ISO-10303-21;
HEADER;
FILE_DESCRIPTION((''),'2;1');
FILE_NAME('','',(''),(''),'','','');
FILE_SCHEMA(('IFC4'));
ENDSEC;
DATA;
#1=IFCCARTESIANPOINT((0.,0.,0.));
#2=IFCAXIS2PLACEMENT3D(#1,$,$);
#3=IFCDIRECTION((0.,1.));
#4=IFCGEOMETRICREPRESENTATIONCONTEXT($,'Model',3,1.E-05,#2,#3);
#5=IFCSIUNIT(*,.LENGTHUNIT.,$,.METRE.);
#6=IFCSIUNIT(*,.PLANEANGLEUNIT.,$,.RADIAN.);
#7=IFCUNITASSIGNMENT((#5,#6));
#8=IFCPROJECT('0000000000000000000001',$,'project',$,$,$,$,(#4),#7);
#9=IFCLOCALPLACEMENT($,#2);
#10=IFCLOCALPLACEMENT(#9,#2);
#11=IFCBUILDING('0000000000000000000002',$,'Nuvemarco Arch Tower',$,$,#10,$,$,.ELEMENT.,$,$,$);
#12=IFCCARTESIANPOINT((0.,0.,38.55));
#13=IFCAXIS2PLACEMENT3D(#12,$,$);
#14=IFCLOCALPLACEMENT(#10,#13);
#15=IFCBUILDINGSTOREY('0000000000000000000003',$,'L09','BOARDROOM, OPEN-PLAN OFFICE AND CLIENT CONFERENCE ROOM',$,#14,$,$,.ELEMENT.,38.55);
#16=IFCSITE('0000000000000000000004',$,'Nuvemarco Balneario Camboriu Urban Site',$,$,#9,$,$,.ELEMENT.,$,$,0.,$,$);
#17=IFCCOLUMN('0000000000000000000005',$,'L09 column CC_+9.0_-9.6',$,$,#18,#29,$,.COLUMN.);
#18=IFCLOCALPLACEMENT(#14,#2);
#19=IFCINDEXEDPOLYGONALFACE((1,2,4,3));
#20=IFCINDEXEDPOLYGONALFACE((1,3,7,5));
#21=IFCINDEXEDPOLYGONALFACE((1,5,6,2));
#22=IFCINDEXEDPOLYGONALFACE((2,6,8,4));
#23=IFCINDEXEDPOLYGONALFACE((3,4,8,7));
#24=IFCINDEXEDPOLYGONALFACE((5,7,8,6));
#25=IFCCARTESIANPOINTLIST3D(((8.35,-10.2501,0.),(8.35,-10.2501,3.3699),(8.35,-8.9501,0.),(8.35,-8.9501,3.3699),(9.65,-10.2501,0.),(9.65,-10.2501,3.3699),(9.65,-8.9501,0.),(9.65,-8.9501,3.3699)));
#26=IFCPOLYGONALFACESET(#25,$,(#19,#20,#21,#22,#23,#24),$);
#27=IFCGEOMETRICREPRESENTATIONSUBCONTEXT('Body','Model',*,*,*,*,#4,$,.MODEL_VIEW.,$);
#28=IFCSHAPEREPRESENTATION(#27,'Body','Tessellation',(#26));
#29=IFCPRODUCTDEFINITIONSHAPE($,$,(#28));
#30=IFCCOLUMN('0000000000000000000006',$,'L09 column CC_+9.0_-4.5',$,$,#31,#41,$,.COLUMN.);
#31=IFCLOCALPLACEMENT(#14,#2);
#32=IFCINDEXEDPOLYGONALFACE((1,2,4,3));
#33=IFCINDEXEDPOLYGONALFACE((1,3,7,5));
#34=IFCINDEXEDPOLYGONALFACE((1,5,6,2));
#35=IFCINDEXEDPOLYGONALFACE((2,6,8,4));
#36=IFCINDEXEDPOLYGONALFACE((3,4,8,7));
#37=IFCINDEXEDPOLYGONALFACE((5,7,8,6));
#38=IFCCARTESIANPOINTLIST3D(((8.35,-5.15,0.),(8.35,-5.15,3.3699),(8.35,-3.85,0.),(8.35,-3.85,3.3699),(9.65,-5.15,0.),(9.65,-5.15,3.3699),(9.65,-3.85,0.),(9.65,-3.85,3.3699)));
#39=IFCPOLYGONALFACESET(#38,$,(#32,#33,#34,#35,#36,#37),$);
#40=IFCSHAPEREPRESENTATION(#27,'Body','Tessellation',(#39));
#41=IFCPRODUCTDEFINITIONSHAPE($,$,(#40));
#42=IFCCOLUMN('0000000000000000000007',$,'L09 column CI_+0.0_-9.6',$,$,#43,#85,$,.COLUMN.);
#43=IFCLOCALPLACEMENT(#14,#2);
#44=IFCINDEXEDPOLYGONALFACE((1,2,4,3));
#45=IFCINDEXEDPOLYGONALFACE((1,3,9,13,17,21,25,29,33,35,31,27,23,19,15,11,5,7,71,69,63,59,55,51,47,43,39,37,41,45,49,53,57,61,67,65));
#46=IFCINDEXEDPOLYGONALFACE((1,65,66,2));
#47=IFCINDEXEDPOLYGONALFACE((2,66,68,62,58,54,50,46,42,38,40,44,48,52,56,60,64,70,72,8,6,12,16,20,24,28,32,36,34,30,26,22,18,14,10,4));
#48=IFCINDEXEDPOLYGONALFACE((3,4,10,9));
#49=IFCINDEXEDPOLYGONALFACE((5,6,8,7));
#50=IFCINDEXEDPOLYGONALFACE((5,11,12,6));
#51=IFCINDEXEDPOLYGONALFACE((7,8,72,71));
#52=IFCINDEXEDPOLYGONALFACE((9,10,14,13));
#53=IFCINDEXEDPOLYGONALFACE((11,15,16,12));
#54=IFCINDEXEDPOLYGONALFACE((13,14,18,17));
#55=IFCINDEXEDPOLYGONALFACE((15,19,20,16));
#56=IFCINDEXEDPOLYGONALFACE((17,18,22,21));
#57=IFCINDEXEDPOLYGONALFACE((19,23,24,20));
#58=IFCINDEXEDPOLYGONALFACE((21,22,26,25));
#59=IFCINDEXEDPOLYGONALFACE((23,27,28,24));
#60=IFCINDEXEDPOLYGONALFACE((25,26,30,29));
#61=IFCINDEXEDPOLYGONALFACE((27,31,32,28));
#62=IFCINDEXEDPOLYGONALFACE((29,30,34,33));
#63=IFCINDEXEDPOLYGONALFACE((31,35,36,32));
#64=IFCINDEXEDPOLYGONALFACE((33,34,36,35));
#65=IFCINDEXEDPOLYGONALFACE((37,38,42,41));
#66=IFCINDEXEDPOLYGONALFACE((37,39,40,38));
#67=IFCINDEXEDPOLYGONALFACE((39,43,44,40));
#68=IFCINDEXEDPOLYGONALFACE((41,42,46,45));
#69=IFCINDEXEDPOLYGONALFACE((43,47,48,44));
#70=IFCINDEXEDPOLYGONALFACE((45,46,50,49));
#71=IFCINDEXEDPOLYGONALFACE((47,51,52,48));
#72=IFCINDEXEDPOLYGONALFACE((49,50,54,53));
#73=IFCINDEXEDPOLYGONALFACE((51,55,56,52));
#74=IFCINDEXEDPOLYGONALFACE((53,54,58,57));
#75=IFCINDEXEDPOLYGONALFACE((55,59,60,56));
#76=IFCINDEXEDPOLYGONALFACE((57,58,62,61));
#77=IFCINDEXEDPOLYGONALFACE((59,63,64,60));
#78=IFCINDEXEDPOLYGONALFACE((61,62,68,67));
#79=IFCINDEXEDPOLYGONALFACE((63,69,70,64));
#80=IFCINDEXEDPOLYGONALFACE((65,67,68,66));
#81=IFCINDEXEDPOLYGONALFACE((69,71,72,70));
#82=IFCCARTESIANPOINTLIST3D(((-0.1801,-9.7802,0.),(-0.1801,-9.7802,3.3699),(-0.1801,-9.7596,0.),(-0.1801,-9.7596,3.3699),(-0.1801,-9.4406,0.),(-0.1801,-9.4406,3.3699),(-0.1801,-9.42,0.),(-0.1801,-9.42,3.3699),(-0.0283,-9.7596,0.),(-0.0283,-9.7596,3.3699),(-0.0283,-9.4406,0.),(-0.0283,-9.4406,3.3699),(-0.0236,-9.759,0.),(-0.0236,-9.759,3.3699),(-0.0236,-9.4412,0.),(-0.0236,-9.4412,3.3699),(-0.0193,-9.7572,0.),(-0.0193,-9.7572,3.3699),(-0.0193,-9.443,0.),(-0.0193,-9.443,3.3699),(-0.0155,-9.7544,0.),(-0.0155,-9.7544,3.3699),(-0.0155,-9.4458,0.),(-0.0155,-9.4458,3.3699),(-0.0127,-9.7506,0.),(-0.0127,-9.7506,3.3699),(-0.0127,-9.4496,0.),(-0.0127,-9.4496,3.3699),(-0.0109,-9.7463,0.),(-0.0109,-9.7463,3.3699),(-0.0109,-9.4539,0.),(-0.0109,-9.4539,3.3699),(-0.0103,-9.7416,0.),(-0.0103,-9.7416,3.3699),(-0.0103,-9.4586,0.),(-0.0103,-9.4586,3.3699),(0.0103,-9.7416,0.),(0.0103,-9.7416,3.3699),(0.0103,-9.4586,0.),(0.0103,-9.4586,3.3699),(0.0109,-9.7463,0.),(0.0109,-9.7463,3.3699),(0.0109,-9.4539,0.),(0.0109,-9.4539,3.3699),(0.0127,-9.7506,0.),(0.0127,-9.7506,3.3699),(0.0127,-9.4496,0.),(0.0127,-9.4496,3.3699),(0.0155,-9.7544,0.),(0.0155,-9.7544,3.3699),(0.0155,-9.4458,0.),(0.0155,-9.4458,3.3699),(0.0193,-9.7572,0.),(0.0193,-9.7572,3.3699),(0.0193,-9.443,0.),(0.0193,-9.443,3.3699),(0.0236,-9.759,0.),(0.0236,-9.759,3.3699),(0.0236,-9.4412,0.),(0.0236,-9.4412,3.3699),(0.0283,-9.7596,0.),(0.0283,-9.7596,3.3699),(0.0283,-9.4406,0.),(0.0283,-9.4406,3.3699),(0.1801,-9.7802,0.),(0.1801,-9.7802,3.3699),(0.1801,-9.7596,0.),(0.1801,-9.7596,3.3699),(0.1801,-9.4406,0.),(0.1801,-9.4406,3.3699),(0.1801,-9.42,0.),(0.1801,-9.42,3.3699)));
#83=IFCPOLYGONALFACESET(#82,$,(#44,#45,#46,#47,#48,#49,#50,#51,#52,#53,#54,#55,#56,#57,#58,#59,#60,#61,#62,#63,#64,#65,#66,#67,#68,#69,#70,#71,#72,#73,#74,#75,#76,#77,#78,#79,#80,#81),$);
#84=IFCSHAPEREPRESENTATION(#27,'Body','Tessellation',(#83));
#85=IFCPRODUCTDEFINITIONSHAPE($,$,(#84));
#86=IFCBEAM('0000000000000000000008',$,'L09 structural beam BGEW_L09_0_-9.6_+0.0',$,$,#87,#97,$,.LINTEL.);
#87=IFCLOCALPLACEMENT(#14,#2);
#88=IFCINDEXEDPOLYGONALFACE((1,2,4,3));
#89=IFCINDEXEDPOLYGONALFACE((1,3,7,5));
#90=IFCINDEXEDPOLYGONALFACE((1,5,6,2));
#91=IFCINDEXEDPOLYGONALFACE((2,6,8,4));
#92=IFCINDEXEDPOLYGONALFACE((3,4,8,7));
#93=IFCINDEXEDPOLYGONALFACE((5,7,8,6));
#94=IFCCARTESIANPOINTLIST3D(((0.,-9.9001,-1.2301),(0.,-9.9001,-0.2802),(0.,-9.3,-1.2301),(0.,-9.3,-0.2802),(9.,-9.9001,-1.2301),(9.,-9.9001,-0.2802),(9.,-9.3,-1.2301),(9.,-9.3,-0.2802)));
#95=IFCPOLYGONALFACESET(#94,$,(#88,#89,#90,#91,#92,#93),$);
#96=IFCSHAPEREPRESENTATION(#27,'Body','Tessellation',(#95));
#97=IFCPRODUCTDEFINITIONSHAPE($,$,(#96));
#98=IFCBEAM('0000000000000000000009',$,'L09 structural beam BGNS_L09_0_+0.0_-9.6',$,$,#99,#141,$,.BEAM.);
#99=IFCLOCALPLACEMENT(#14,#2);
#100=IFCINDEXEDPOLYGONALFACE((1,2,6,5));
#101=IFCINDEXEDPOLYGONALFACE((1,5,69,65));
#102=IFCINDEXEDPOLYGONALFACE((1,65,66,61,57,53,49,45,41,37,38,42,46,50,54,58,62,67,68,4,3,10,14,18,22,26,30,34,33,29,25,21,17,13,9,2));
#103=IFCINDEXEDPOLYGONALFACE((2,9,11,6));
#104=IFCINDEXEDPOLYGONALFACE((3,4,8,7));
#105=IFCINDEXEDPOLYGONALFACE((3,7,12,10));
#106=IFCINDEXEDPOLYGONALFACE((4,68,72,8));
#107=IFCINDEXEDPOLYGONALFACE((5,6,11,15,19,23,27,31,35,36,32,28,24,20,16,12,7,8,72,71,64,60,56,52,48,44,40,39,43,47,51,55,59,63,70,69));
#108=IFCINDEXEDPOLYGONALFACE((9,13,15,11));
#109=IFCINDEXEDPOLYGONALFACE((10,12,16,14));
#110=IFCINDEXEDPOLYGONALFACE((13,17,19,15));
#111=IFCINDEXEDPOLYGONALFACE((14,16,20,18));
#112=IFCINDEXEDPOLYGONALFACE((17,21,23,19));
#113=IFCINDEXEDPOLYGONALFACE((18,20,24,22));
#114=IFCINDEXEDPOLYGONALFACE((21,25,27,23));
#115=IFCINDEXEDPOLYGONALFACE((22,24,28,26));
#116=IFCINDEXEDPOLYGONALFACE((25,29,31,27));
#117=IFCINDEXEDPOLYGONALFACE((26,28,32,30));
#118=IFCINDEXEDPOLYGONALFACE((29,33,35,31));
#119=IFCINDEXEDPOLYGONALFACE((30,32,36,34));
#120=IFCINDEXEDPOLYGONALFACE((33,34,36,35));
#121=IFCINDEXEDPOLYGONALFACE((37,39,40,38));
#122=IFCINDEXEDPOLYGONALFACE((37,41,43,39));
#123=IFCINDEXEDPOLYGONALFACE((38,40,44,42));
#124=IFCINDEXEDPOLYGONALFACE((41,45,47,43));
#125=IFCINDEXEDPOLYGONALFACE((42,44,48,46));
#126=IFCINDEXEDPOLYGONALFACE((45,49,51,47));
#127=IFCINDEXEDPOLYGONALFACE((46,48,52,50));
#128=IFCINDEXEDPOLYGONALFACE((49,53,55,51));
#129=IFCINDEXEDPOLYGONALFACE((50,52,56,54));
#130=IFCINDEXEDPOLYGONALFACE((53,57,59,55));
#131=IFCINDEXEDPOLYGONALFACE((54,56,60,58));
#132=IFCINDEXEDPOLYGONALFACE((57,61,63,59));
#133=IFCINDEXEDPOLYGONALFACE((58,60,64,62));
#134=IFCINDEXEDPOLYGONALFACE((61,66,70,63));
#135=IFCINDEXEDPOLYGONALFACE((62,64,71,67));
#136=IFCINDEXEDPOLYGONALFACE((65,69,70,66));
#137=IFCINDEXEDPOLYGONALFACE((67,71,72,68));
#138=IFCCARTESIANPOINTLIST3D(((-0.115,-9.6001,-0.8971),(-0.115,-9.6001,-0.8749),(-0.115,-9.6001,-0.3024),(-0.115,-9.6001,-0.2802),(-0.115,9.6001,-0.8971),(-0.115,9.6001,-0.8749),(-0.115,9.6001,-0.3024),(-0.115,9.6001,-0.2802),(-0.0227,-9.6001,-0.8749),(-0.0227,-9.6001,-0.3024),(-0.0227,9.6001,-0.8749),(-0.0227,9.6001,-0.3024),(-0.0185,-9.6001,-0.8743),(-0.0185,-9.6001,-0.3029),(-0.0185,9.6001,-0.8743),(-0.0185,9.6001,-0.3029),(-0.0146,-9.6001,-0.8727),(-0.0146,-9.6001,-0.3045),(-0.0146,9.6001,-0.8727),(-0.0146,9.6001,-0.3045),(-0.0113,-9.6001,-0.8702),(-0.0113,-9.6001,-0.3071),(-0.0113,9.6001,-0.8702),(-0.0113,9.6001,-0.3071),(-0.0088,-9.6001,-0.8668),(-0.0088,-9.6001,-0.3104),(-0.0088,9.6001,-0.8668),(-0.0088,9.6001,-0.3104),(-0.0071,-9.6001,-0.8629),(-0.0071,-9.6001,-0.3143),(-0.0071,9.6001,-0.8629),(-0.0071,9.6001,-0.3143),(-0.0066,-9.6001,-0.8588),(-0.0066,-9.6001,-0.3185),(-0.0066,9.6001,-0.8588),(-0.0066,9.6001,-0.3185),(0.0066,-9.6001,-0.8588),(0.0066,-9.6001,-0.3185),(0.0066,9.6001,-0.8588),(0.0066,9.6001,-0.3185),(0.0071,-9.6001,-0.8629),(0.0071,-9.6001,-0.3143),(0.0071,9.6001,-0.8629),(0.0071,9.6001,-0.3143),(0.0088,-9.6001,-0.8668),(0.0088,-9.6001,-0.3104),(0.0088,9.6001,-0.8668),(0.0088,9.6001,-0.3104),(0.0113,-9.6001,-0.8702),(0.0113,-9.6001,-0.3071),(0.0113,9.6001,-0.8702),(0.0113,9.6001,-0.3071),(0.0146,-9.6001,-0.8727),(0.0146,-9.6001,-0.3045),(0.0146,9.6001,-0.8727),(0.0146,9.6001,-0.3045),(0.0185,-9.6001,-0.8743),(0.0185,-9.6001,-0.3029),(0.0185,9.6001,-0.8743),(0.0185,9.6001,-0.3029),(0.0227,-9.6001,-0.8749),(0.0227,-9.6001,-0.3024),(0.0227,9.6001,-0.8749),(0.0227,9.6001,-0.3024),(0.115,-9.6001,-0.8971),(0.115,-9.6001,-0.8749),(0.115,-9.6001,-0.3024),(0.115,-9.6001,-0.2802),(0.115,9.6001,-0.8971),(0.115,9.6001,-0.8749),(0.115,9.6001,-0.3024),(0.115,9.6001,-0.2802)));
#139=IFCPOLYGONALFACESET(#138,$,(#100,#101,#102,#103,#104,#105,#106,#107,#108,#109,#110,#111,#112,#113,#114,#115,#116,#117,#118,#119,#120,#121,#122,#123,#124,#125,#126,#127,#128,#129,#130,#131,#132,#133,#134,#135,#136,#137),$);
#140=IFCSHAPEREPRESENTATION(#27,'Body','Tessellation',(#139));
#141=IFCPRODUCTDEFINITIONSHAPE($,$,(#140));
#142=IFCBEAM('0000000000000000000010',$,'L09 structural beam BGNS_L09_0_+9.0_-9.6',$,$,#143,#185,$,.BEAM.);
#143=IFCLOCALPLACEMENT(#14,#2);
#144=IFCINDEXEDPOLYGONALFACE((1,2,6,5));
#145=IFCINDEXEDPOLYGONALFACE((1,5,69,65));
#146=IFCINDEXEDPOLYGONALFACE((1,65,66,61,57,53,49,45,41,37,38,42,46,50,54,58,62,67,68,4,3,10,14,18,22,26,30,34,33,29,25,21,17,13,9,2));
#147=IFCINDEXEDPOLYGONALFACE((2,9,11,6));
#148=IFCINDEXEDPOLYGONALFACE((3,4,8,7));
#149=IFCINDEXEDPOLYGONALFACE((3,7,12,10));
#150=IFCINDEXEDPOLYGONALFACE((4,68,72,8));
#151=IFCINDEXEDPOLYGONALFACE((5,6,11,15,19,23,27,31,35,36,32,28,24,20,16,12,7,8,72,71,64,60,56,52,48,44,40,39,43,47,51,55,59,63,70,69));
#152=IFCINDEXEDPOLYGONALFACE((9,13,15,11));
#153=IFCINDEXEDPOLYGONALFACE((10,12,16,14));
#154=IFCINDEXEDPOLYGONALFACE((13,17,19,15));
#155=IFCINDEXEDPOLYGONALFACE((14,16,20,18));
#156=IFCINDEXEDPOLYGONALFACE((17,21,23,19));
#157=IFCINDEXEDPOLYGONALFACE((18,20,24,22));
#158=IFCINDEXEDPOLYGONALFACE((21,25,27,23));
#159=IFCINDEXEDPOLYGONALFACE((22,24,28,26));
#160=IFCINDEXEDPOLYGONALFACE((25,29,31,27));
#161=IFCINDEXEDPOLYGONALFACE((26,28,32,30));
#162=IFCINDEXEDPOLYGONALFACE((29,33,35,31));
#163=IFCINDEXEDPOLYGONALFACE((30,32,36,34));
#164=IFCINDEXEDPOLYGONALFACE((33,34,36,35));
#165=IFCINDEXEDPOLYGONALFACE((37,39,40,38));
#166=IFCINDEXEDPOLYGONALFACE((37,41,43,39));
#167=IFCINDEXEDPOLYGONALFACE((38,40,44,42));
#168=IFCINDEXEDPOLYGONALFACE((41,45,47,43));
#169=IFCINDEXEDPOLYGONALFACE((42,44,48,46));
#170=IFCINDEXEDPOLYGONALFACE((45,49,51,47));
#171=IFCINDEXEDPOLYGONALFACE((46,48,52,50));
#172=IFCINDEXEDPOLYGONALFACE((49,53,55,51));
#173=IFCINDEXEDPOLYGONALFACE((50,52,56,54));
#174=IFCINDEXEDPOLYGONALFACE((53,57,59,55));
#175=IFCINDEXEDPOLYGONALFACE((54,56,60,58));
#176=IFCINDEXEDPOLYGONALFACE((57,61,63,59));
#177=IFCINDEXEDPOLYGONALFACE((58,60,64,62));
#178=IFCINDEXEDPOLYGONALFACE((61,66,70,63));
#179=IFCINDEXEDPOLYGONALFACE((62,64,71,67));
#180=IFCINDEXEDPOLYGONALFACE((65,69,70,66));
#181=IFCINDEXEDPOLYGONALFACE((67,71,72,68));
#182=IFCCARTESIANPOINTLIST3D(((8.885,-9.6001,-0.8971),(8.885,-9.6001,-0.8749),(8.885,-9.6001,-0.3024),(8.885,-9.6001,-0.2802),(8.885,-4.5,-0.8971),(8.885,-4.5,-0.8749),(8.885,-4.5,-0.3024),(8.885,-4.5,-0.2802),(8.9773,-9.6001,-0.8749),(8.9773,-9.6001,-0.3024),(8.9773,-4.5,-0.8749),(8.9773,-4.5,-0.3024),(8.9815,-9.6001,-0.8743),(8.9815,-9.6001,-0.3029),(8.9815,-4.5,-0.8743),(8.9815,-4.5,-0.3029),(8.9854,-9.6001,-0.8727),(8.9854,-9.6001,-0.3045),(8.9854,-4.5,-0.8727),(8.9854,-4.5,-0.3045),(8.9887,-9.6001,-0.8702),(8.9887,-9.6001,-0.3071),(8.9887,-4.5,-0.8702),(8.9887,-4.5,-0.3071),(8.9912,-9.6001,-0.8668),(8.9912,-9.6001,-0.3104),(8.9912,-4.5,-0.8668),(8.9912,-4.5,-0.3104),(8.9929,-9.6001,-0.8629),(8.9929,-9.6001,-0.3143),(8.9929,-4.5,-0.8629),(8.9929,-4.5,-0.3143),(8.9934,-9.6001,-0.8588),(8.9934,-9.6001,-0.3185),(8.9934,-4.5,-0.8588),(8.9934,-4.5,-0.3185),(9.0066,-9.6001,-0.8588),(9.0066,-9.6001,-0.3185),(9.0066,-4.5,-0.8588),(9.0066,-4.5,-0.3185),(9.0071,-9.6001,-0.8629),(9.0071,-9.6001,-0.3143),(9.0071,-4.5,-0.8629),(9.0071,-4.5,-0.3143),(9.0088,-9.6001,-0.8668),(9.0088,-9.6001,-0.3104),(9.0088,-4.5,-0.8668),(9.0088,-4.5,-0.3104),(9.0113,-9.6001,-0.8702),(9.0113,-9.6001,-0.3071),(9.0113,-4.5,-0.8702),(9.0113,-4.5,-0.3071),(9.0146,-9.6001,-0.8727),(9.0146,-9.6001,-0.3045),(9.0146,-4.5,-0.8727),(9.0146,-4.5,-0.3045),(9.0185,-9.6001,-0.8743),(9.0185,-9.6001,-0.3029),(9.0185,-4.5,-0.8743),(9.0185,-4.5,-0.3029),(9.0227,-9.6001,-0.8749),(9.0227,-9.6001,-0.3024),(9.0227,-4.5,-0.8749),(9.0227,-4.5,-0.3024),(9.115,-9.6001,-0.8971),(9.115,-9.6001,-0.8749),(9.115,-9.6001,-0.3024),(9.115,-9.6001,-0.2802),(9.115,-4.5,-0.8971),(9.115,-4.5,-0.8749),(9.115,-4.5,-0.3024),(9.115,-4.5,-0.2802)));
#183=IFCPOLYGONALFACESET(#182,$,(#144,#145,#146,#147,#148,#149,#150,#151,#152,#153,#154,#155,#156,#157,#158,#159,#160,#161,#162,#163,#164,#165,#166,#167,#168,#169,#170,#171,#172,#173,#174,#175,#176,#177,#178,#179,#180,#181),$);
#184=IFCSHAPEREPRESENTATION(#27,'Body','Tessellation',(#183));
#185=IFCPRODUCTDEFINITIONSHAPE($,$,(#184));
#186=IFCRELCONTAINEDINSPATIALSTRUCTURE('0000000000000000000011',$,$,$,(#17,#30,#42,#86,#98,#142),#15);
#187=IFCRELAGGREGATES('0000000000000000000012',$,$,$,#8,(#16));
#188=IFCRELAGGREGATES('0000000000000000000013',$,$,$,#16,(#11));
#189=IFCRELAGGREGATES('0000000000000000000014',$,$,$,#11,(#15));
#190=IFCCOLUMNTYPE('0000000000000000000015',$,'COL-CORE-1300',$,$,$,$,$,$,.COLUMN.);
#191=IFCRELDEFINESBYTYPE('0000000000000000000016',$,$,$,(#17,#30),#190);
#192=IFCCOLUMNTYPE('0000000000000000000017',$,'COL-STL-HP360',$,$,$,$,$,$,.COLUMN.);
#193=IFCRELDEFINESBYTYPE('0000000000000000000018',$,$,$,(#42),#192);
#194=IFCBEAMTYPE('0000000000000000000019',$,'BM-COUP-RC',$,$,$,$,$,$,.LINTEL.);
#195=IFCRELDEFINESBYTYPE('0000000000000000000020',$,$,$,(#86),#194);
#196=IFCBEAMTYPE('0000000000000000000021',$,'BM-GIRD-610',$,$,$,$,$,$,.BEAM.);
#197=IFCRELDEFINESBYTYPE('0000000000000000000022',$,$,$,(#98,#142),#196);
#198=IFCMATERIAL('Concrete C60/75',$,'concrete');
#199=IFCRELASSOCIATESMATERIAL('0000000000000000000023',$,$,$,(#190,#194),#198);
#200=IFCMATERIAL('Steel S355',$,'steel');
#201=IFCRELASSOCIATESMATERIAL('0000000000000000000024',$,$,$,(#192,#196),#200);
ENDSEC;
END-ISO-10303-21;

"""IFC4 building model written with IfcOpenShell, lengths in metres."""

from ifc_helpers import new_model, si_unit, direction, frame, origin, origin_2d, place, context, subcontext, project, spatial, rectangle, i_section, extrude, material, material_profile, profile_set, type_object, element, save


model = new_model("IFC4")

# Units and contexts
model_context = context("Model", 3, precision=1e-05, world=origin(), true_north=direction((0.0, 1.0)))
body_context = subcontext(model_context, "Body", "Model", "MODEL_VIEW")
ifc_project = project(units=[si_unit("LENGTHUNIT", "METRE"), si_unit("PLANEANGLEUNIT", "RADIAN")], contexts=[model_context])

# Site, building, storey
site_placement = place(None, origin())
site = spatial("IfcSite", under=ifc_project, at=site_placement, Name="Nuvemarco Balneario Camboriu Urban Site", CompositionType="ELEMENT", RefElevation=0.0)
building_placement = place(site_placement, origin())
building = spatial("IfcBuilding", under=site, at=building_placement, Name="Nuvemarco Arch Tower", CompositionType="ELEMENT")
storey_placement = place(building_placement, frame((0.0, 0.0, 38.55)))
storey = spatial("IfcBuildingStorey", under=building, at=storey_placement, Name="L09", Description="BOARDROOM, OPEN-PLAN OFFICE AND CLIENT CONFERENCE ROOM", CompositionType="ELEMENT", Elevation=38.55)

# Columns
ifc_material_1 = material(Name="Concrete C60/75", Category="concrete")
ifc_material_profile_1 = material_profile(ifc_material_1, rectangle(XDim=1.3, YDim=1.3, at=origin_2d()), Name="RC-COL-1300x1300")
ifc_profile_set_1 = profile_set([ifc_material_profile_1], Name="Concrete C60/75")
column_type_1 = type_object("IfcColumnType", Name="COL-CORE-1300", PredefinedType="COLUMN", material=ifc_profile_set_1)
for number, where, z_axis, x_axis, name in (
    (1, (9.0, -9.6001, 0.0), (0.0, 0.0, 1.0), (1.0, 0.0, 0.0), "L09 column CC_+9.0_-9.6"),
    (2, (9.0, -4.5, 0.0), (0.0, 0.0, 1.0), (1.0, 0.0, 0.0), "L09 column CC_+9.0_-4.5"),
):
    element("IfcColumn", number, at=place(storey_placement, frame(where, z_axis=z_axis, x_axis=x_axis)), inside=storey, type_object=column_type_1, Name=name, PredefinedType="COLUMN", context=body_context, shape_type="SweptSolid", body=[
        extrude(rectangle(XDim=1.3, YDim=1.3, at=origin_2d()), origin(), (0.0, 0.0, 1.0), 3.3699),
    ])
ifc_material_2 = material(Name="Steel S355", Category="steel")
ifc_material_profile_2 = material_profile(ifc_material_2, i_section(OverallWidth=0.3601, OverallDepth=0.3601, WebThickness=0.0205, FlangeThickness=0.0205, FilletRadius=0.0181, at=origin_2d()), Name="HP360x174")
ifc_profile_set_2 = profile_set([ifc_material_profile_2], Name="Steel S355")
column_type_2 = type_object("IfcColumnType", Name="COL-STL-HP360", PredefinedType="COLUMN", material=ifc_profile_set_2)
column_placement = place(storey_placement, frame((0.0, -9.6001, 0.0), z_axis=(0.0, 0.0, 1.0), x_axis=(1.0, 0.0, 0.0)))
element("IfcColumn", 3, at=column_placement, inside=storey, type_object=column_type_2, Name="L09 column CI_+0.0_-9.6", PredefinedType="COLUMN", context=body_context, shape_type="SweptSolid", body=[
    extrude(i_section(OverallWidth=0.3601, OverallDepth=0.3601, WebThickness=0.0205, FlangeThickness=0.0205, FilletRadius=0.0181, at=origin_2d()), origin(), (0.0, 0.0, 1.0), 3.3699),
])

# Beams
ifc_material_profile_3 = material_profile(ifc_material_1, rectangle(XDim=0.6001, YDim=0.95, at=origin_2d()), Name="RC-BM-600x950")
ifc_profile_set_3 = profile_set([ifc_material_profile_3], Name="Concrete C60/75")
beam_type_1 = type_object("IfcBeamType", Name="BM-COUP-RC", PredefinedType="LINTEL", material=ifc_profile_set_3)
beam_1_placement = place(storey_placement, frame((0.0, -9.6001, -0.7551), z_axis=(1.0, 0.0, 0.0), x_axis=(0.0, 1.0, 0.0)))
element("IfcBeam", 4, at=beam_1_placement, inside=storey, type_object=beam_type_1, Name="L09 structural beam BGEW_L09_0_-9.6_+0.0", PredefinedType="LINTEL", context=body_context, shape_type="SweptSolid", body=[
    extrude(rectangle(XDim=0.6001, YDim=0.95, at=origin_2d()), origin(), (0.0, 0.0, 1.0), 9.0),
])
ifc_material_profile_4 = material_profile(ifc_material_2, i_section(OverallWidth=0.23, OverallDepth=0.6169, WebThickness=0.0132, FlangeThickness=0.0222, FilletRadius=0.0161, at=origin_2d()), Name="W610x140")
ifc_profile_set_4 = profile_set([ifc_material_profile_4], Name="Steel S355")
beam_type_2 = type_object("IfcBeamType", Name="BM-GIRD-610", PredefinedType="BEAM", material=ifc_profile_set_4)
beam_2_placement = place(storey_placement, frame((0.0, -9.6001, -0.5886), z_axis=(0.0, 1.0, 0.0), x_axis=(-1.0, 0.0, 0.0)))
element("IfcBeam", 5, at=beam_2_placement, inside=storey, type_object=beam_type_2, Name="L09 structural beam BGNS_L09_0_+0.0_-9.6", PredefinedType="BEAM", context=body_context, shape_type="SweptSolid", body=[
    extrude(i_section(OverallWidth=0.23, OverallDepth=0.6169, WebThickness=0.0132, FlangeThickness=0.0222, FilletRadius=0.0161, at=origin_2d()), origin(), (0.0, 0.0, 1.0), 19.2002),
])
beam_3_placement = place(storey_placement, frame((9.0, -9.6001, -0.5886), z_axis=(0.0, 1.0, 0.0), x_axis=(-1.0, 0.0, 0.0)))
element("IfcBeam", 6, at=beam_3_placement, inside=storey, type_object=beam_type_2, Name="L09 structural beam BGNS_L09_0_+9.0_-9.6", PredefinedType="BEAM", context=body_context, shape_type="SweptSolid", body=[
    extrude(i_section(OverallWidth=0.23, OverallDepth=0.6169, WebThickness=0.0132, FlangeThickness=0.0222, FilletRadius=0.0161, at=origin_2d()), origin(), (0.0, 0.0, 1.0), 5.1001),
])

save(model, "model.ifc")
